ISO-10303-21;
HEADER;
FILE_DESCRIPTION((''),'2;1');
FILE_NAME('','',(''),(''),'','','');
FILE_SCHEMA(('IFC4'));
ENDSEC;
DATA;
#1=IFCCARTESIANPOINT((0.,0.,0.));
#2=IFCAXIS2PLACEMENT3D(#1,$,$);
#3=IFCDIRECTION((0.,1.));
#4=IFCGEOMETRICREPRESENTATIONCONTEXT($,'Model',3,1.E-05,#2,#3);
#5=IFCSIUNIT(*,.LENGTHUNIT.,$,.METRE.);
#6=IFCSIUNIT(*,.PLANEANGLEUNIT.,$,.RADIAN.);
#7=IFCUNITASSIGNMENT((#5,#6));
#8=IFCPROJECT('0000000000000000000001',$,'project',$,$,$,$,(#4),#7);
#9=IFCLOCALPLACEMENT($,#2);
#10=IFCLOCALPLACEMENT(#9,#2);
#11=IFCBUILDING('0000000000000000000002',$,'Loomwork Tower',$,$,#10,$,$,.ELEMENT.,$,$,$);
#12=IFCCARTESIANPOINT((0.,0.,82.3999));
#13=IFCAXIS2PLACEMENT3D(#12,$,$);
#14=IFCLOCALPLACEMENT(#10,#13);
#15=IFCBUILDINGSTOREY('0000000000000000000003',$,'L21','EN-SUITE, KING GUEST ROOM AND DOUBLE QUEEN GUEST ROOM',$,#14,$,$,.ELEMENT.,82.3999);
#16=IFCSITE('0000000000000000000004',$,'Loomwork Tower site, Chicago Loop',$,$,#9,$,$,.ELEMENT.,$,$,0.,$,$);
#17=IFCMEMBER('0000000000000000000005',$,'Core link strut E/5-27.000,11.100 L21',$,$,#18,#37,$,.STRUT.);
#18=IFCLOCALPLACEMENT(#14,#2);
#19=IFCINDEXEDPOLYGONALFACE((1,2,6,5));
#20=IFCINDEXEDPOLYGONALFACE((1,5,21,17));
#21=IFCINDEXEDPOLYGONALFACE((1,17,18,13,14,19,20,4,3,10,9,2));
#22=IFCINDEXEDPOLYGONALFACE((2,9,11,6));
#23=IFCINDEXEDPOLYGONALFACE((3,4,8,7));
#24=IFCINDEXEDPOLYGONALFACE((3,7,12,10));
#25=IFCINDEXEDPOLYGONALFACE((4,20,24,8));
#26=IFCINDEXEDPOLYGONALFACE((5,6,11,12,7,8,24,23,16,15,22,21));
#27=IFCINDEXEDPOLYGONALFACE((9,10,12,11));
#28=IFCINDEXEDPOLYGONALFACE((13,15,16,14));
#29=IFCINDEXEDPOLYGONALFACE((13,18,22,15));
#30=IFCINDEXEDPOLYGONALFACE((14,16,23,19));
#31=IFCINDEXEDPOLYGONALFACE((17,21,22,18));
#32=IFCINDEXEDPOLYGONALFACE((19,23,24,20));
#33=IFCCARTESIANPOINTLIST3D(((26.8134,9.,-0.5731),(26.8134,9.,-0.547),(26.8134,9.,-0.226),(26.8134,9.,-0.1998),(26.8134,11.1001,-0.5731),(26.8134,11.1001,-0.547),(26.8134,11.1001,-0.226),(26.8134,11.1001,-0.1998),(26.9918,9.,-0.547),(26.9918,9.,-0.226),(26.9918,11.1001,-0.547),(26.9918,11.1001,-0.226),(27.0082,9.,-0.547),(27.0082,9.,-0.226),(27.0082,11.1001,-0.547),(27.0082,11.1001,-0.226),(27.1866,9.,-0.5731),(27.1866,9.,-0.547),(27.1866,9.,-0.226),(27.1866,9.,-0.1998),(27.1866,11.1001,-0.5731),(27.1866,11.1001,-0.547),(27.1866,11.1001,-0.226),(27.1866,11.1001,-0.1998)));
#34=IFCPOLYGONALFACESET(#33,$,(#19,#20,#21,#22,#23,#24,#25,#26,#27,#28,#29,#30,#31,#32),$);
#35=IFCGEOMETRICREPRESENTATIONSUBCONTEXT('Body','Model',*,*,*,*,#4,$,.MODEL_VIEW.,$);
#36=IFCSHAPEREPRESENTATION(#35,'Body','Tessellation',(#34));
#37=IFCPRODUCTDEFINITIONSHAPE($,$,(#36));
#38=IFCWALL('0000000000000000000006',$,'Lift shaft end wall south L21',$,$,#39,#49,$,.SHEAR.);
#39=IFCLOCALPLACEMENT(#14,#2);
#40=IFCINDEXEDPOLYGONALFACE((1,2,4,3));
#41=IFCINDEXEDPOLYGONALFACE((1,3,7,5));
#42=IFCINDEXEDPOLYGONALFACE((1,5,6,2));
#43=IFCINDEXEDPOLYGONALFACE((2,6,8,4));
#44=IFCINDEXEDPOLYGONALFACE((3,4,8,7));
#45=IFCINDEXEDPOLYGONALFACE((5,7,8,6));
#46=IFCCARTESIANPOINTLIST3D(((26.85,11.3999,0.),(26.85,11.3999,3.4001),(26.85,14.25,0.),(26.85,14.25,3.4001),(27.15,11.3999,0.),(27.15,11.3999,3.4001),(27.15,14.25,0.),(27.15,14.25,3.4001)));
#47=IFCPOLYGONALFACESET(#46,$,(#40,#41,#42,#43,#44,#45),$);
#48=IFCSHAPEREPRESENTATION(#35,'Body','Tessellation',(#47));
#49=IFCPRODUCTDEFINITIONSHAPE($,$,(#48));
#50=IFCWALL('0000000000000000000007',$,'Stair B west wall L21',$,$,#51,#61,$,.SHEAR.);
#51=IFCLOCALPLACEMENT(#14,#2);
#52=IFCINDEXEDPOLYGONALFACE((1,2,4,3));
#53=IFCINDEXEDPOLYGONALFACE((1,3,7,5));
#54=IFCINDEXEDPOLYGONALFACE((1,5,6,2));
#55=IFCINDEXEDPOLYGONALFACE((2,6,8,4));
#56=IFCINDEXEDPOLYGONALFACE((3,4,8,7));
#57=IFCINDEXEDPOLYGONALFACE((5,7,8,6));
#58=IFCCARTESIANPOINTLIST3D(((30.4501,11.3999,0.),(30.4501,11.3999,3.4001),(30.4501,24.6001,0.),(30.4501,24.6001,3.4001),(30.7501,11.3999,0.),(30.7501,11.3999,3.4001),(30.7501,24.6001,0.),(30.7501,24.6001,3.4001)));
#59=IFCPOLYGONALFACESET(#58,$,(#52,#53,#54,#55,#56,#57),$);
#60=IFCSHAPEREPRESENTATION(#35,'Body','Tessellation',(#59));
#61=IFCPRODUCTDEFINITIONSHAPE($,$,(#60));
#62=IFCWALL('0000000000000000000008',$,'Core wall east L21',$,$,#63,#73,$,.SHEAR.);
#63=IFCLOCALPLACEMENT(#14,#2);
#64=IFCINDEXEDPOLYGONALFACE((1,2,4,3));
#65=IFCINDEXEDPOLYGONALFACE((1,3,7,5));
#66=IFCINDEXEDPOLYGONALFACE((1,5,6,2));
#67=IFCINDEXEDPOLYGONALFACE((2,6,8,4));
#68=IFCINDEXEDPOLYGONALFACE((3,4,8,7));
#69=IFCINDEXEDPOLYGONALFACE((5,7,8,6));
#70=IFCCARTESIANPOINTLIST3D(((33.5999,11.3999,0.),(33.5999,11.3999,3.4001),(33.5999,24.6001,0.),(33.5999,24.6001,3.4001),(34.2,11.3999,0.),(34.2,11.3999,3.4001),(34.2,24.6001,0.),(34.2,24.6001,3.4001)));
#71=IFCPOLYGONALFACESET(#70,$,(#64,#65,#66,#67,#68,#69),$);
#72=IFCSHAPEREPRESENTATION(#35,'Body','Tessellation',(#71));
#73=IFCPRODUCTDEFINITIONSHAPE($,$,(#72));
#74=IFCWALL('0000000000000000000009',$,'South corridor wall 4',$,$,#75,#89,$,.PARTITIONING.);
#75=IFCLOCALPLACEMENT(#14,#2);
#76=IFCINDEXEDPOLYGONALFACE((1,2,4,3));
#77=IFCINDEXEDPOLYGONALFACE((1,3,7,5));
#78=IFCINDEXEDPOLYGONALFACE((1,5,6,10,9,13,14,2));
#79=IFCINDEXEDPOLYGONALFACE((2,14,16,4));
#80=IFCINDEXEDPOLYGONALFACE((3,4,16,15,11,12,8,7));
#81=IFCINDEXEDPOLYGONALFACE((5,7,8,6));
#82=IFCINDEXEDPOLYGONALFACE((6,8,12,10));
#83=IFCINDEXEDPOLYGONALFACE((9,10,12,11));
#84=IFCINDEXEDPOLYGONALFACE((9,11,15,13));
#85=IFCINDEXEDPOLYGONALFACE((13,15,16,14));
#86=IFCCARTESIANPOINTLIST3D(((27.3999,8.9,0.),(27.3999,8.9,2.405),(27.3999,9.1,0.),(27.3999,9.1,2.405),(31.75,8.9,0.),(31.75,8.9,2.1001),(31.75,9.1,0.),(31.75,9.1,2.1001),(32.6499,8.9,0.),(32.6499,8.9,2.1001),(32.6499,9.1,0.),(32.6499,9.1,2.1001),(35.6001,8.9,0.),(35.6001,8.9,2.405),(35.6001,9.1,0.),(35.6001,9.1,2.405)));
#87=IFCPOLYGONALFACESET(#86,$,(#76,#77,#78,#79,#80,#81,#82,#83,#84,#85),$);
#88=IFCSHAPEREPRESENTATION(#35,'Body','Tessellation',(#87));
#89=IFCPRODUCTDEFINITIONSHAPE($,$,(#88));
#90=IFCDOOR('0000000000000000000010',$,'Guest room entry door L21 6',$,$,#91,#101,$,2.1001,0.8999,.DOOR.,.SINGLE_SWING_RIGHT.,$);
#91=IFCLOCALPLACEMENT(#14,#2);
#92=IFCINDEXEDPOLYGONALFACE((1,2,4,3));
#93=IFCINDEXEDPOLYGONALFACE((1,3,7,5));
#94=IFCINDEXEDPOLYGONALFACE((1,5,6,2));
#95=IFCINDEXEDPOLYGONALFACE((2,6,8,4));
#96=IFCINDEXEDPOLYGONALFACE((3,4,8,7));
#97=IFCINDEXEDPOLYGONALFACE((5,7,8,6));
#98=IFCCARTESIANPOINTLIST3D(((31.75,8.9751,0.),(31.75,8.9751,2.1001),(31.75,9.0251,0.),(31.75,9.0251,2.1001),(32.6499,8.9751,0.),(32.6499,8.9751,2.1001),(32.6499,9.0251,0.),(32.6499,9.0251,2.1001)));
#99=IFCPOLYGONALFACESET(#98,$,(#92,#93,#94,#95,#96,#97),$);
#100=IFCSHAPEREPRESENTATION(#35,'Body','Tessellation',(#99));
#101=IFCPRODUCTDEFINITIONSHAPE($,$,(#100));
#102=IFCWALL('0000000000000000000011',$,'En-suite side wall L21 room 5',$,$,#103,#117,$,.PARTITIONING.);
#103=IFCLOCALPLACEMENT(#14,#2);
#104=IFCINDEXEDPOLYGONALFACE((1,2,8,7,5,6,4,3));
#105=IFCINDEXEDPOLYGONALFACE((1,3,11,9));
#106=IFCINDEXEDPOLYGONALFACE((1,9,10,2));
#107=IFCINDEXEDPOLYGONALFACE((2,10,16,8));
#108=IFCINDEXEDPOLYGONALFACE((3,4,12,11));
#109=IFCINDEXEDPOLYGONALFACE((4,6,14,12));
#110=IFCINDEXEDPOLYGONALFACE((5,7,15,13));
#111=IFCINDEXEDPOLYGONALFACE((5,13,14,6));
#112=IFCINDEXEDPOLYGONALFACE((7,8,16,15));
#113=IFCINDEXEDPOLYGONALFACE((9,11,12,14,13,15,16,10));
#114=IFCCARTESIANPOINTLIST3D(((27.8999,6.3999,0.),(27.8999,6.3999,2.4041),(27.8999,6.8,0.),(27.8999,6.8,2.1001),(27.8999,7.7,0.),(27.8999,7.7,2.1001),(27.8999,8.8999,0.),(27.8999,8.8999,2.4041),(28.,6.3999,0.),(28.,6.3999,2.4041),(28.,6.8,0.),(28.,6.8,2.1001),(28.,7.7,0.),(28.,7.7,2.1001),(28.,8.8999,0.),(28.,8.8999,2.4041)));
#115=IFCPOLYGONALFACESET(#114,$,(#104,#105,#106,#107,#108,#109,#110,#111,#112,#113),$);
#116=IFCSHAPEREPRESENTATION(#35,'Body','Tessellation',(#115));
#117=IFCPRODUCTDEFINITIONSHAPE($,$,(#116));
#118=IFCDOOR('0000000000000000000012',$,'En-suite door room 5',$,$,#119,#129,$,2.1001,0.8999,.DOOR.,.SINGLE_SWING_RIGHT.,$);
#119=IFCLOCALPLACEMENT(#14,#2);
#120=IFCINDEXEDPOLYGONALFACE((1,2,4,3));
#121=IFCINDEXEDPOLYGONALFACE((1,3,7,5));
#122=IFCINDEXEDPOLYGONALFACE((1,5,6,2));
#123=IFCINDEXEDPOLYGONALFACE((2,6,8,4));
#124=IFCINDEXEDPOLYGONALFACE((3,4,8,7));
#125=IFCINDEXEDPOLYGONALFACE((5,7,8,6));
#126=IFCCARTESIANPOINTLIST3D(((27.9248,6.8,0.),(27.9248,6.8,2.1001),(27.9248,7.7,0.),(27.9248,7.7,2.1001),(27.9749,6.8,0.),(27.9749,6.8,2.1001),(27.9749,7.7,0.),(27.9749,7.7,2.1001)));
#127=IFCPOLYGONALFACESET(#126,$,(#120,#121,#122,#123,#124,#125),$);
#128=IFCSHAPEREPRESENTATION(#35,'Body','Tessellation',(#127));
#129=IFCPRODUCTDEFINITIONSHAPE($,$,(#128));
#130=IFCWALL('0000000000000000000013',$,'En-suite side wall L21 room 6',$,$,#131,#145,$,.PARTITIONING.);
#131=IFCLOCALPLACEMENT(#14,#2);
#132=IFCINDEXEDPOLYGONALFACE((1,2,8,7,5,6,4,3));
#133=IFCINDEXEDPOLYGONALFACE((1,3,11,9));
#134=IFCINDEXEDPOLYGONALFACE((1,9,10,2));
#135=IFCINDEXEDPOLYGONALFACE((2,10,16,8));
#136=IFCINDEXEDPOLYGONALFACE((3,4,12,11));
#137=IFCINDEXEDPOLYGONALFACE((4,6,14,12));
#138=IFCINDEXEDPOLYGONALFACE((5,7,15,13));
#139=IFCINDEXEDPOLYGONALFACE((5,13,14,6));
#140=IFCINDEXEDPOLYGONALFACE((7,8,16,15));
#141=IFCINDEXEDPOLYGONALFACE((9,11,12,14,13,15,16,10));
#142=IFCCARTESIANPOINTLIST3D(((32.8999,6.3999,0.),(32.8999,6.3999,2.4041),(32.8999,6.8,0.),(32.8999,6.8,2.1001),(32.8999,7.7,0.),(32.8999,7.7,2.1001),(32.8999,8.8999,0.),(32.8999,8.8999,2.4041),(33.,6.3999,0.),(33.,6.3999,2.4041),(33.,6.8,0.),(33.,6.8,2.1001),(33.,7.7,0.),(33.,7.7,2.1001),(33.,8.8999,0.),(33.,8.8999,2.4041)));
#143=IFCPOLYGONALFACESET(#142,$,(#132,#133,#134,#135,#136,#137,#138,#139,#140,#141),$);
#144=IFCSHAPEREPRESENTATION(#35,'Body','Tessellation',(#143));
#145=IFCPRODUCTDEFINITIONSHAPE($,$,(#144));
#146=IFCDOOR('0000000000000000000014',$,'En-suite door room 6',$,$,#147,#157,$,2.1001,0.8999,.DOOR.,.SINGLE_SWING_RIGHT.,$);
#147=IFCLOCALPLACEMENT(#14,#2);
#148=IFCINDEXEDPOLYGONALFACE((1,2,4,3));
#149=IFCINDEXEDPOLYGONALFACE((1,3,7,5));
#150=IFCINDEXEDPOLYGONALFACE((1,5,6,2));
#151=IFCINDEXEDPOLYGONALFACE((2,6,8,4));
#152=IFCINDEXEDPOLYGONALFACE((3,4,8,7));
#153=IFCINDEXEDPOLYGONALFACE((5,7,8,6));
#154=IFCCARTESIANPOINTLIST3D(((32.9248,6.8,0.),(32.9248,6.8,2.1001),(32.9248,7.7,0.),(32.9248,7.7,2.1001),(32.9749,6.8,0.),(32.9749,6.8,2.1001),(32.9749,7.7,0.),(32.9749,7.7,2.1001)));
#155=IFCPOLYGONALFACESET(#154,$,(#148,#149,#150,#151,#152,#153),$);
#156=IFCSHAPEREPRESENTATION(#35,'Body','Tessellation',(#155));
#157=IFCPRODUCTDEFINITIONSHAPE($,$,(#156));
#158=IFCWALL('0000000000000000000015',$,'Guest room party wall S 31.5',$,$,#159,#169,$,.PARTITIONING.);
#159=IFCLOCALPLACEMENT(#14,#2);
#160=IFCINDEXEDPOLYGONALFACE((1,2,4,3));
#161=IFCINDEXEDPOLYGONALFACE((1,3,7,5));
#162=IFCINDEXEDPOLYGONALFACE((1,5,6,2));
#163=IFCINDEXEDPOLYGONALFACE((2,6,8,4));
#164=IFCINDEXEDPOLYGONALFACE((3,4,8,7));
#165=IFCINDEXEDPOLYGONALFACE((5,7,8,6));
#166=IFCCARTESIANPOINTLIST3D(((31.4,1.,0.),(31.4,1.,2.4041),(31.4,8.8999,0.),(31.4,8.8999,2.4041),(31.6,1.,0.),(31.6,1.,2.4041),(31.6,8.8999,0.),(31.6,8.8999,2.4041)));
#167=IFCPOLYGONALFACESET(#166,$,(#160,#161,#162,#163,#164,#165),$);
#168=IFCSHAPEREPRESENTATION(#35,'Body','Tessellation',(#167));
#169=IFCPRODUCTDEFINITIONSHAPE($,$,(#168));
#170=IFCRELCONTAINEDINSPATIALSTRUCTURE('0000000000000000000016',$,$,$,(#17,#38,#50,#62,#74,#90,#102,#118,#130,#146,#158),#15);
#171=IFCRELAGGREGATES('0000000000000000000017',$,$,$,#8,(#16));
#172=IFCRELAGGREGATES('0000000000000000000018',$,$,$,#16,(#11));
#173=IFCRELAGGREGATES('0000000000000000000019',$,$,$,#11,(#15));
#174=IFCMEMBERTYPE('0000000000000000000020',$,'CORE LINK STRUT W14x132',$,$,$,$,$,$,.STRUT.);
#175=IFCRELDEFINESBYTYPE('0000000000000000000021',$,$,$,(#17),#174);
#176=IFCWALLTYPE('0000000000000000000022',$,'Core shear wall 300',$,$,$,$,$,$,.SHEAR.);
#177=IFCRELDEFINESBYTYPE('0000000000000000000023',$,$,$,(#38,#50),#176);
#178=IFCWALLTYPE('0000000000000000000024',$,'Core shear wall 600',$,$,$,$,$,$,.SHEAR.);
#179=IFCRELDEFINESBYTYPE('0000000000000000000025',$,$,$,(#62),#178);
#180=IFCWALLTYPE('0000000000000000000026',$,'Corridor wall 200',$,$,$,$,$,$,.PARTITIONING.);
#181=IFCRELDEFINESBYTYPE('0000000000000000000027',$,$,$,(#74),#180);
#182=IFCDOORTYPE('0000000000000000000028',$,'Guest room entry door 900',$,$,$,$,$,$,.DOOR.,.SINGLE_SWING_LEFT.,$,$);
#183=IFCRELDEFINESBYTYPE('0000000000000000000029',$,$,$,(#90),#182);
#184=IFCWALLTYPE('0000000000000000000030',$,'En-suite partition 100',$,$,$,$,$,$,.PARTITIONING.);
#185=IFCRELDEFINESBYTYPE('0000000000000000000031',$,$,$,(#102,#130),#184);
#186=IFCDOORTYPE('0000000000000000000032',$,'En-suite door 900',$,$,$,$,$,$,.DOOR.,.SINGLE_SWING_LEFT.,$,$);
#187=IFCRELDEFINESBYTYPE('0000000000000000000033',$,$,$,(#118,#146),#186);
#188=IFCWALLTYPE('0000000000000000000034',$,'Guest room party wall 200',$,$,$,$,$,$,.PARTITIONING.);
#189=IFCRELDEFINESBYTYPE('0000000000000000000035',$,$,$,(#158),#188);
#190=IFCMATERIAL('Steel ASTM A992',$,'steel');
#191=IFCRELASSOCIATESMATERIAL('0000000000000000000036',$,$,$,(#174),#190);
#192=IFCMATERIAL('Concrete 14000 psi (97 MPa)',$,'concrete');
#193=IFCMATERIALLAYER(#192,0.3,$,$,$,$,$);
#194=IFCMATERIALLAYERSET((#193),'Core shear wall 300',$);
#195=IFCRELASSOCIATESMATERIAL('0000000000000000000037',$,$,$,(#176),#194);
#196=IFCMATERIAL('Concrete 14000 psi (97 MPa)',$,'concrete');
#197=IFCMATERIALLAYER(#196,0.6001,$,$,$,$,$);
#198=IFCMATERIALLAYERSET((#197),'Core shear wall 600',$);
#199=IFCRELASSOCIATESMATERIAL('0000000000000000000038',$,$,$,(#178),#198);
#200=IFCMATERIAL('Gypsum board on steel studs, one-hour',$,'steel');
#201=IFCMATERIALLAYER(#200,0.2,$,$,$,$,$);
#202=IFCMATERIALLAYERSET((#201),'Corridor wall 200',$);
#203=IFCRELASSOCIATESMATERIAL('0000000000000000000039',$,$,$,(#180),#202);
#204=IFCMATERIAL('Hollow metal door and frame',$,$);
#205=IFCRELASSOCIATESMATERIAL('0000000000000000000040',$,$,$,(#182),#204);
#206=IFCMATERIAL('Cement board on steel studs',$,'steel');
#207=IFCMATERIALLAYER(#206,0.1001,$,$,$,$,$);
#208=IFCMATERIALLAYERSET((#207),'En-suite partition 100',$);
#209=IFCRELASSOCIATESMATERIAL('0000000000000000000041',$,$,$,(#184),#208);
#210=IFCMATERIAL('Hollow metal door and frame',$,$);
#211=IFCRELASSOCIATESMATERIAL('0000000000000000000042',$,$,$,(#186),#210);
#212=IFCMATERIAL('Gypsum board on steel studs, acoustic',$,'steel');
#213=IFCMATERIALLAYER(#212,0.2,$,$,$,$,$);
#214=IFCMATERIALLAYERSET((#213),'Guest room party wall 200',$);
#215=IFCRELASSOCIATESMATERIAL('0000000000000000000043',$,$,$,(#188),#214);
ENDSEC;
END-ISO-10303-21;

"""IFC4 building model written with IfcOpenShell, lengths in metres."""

from ifc_helpers import new_model, si_unit, direction, frame, frame_2d, origin, origin_2d, place, context, subcontext, project, spatial, rectangle, i_section, extrude, material, layer, layer_set, material_profile, profile_set, type_object, element, fill, save


model = new_model("IFC4")

# Units and contexts
model_context = context("Model", 3, precision=1e-05, world=origin(), true_north=direction((0.0, 1.0)))
body_context = subcontext(model_context, "Body", "Model", "MODEL_VIEW")
ifc_project = project(units=[si_unit("LENGTHUNIT", "METRE"), si_unit("PLANEANGLEUNIT", "RADIAN")], contexts=[model_context])

# Site, building, storey
site_placement = place(None, origin())
site = spatial("IfcSite", under=ifc_project, at=site_placement, Name="Loomwork Tower site, Chicago Loop", CompositionType="ELEMENT", RefElevation=0.0)
building_placement = place(site_placement, origin())
building = spatial("IfcBuilding", under=site, at=building_placement, Name="Loomwork Tower", CompositionType="ELEMENT")
storey_placement = place(building_placement, frame((0.0, 0.0, 82.3999)))
storey = spatial("IfcBuildingStorey", under=building, at=storey_placement, Name="L21", Description="EN-SUITE, KING GUEST ROOM AND DOUBLE QUEEN GUEST ROOM", CompositionType="ELEMENT", Elevation=82.3999)

# Member
ifc_material_1 = material(Name="Steel ASTM A992", Category="steel")
ifc_material_profile = material_profile(ifc_material_1, i_section(OverallWidth=0.3733, OverallDepth=0.3733, WebThickness=0.0164, FlangeThickness=0.0261, at=origin_2d()), Name="W14x132")
ifc_profile_set = profile_set([ifc_material_profile], Name="Steel ASTM A992")
member_type = type_object("IfcMemberType", Name="CORE LINK STRUT W14x132", PredefinedType="STRUT", material=ifc_profile_set)
member_placement = place(storey_placement, frame((27.0, 9.0, -0.3865), z_axis=(0.0, 1.0, 0.0), x_axis=(-1.0, 0.0, 0.0)))
element("IfcMember", 1, at=member_placement, inside=storey, type_object=member_type, Name="Core link strut E/5-27.000,11.100 L21", PredefinedType="STRUT", context=body_context, shape_type="SweptSolid", body=[
    extrude(i_section(OverallWidth=0.3733, OverallDepth=0.3733, WebThickness=0.0164, FlangeThickness=0.0261, at=origin_2d()), origin(), (0.0, 0.0, 1.0), 2.1001),
])

# Walls
ifc_material_2 = material(Name="Concrete 14000 psi (97 MPa)", Category="concrete")
ifc_layer_1 = layer(ifc_material_2, 0.3)
ifc_layer_set_1 = layer_set([ifc_layer_1], Name="Core shear wall 300")
wall_type_1 = type_object("IfcWallType", Name="Core shear wall 300", PredefinedType="SHEAR", material=ifc_layer_set_1)
wall_1_placement = place(storey_placement, frame((27.0, 11.3999, 0.0), z_axis=(0.0, 0.0, 1.0), x_axis=(0.0, 1.0, 0.0)))
element("IfcWall", 2, at=wall_1_placement, inside=storey, type_object=wall_type_1, Name="Lift shaft end wall south L21", PredefinedType="SHEAR", context=body_context, shape_type="SweptSolid", body=[
    extrude(rectangle(XDim=2.8501, YDim=0.3, at=frame_2d((1.425, 0.0))), origin(), (0.0, 0.0, 1.0), 3.4001),
])
wall_2_placement = place(storey_placement, frame((30.6001, 11.3999, 0.0), z_axis=(0.0, 0.0, 1.0), x_axis=(0.0, 1.0, 0.0)))
element("IfcWall", 3, at=wall_2_placement, inside=storey, type_object=wall_type_1, Name="Stair B west wall L21", PredefinedType="SHEAR", context=body_context, shape_type="SweptSolid", body=[
    extrude(rectangle(XDim=13.2002, YDim=0.3, at=frame_2d((6.6001, 0.0))), origin(), (0.0, 0.0, 1.0), 3.4001),
])
ifc_material_3 = material(Name="Concrete 14000 psi (97 MPa)", Category="concrete")
ifc_layer_2 = layer(ifc_material_3, 0.6001)
ifc_layer_set_2 = layer_set([ifc_layer_2], Name="Core shear wall 600")
wall_type_2 = type_object("IfcWallType", Name="Core shear wall 600", PredefinedType="SHEAR", material=ifc_layer_set_2)
wall_3_placement = place(storey_placement, frame((33.8999, 11.3999, 0.0), z_axis=(0.0, 0.0, 1.0), x_axis=(0.0, 1.0, 0.0)))
element("IfcWall", 4, at=wall_3_placement, inside=storey, type_object=wall_type_2, Name="Core wall east L21", PredefinedType="SHEAR", context=body_context, shape_type="SweptSolid", body=[
    extrude(rectangle(XDim=13.2002, YDim=0.6001, at=frame_2d((6.6001, 0.0))), origin(), (0.0, 0.0, 1.0), 3.4001),
])

# Walls, openings, doors
ifc_material_4 = material(Name="Gypsum board on steel studs, one-hour", Category="steel")
ifc_layer_3 = layer(ifc_material_4, 0.2)
ifc_layer_set_3 = layer_set([ifc_layer_3], Name="Corridor wall 200")
wall_type_3 = type_object("IfcWallType", Name="Corridor wall 200", PredefinedType="PARTITIONING", material=ifc_layer_set_3)
wall_4_placement = place(storey_placement, frame((27.3999, 9.0, 0.0), z_axis=(0.0, 0.0, 1.0), x_axis=(1.0, 0.0, 0.0)))
wall_4 = element("IfcWall", 5, at=wall_4_placement, inside=storey, type_object=wall_type_3, Name="South corridor wall 4", PredefinedType="PARTITIONING", context=body_context, shape_type="SweptSolid", body=[
    extrude(rectangle(XDim=8.2002, YDim=0.2, at=frame_2d((4.1001, 0.0))), origin(), (0.0, 0.0, 1.0), 2.405),
])
opening_1_placement = place(wall_4_placement, frame((4.3501, 0.0, 0.0)))
opening_1 = element("IfcOpeningElement", 6, at=opening_1_placement, cuts=wall_4, PredefinedType="OPENING", context=body_context, shape_type="SweptSolid", body=[
    extrude(rectangle(XDim=0.8999, YDim=2.1001, at=frame_2d((0.45, 1.05))), frame((0.0, 0.1099, 0.0), z_axis=(0.0, -1.0, 0.0), x_axis=(1.0, 0.0, 0.0)), (0.0, 0.0, 1.0), 0.22),
])
ifc_material_5 = material(Name="Hollow metal door and frame")
door_type_1 = type_object("IfcDoorType", Name="Guest room entry door 900", OperationType="SINGLE_SWING_LEFT", PredefinedType="DOOR", material=ifc_material_5)
door_1_placement = place(opening_1_placement, frame((0.8999, 0.0, 0.0), z_axis=(0.0, 0.0, 1.0), x_axis=(-1.0, 0.0, 0.0)))
door_1 = element("IfcDoor", 7, at=door_1_placement, inside=storey, type_object=door_type_1, Name="Guest room entry door L21 6", OperationType="SINGLE_SWING_RIGHT", OverallHeight=2.1001, OverallWidth=0.8999, PredefinedType="DOOR", context=body_context, shape_type="SweptSolid", body=[
    extrude(rectangle(XDim=0.8999, YDim=2.1001, at=frame_2d((0.45, 1.05))), frame((0.0, 0.0249, 0.0), z_axis=(0.0, -1.0, 0.0), x_axis=(1.0, 0.0, 0.0)), (0.0, 0.0, 1.0), 0.05),
])
fill(opening_1, door_1)
ifc_material_6 = material(Name="Cement board on steel studs", Category="steel")
ifc_layer_4 = layer(ifc_material_6, 0.1001)
ifc_layer_set_4 = layer_set([ifc_layer_4], Name="En-suite partition 100")
wall_type_4 = type_object("IfcWallType", Name="En-suite partition 100", PredefinedType="PARTITIONING", material=ifc_layer_set_4)
wall_5_placement = place(storey_placement, frame((27.95, 8.8999, 0.0), z_axis=(0.0, 0.0, 1.0), x_axis=(0.0, -1.0, 0.0)))
wall_5 = element("IfcWall", 8, at=wall_5_placement, inside=storey, type_object=wall_type_4, Name="En-suite side wall L21 room 5", PredefinedType="PARTITIONING", context=body_context, shape_type="SweptSolid", body=[
    extrude(rectangle(XDim=2.5, YDim=0.1001, at=frame_2d((1.25, 0.0))), origin(), (0.0, 0.0, 1.0), 2.4041),
])
opening_2_placement = place(wall_5_placement, frame((1.2, 0.0, 0.0)))
opening_2 = element("IfcOpeningElement", 9, at=opening_2_placement, cuts=wall_5, PredefinedType="OPENING", context=body_context, shape_type="SweptSolid", body=[
    extrude(rectangle(XDim=0.8999, YDim=2.1001, at=frame_2d((0.45, 1.05))), frame((0.0, 0.0601, 0.0), z_axis=(0.0, -1.0, 0.0), x_axis=(1.0, 0.0, 0.0)), (0.0, 0.0, 1.0), 0.1201),
])
ifc_material_7 = material(Name="Hollow metal door and frame")
door_type_2 = type_object("IfcDoorType", Name="En-suite door 900", OperationType="SINGLE_SWING_LEFT", PredefinedType="DOOR", material=ifc_material_7)
door_2_placement = place(opening_2_placement, origin())
door_2 = element("IfcDoor", 10, at=door_2_placement, inside=storey, type_object=door_type_2, Name="En-suite door room 5", OperationType="SINGLE_SWING_RIGHT", OverallHeight=2.1001, OverallWidth=0.8999, PredefinedType="DOOR", context=body_context, shape_type="SweptSolid", body=[
    extrude(rectangle(XDim=0.8999, YDim=2.1001, at=frame_2d((0.45, 1.05))), frame((0.0, 0.0249, 0.0), z_axis=(0.0, -1.0, 0.0), x_axis=(1.0, 0.0, 0.0)), (0.0, 0.0, 1.0), 0.05),
])
fill(opening_2, door_2)
wall_6_placement = place(storey_placement, frame((32.95, 8.8999, 0.0), z_axis=(0.0, 0.0, 1.0), x_axis=(0.0, -1.0, 0.0)))
wall_6 = element("IfcWall", 11, at=wall_6_placement, inside=storey, type_object=wall_type_4, Name="En-suite side wall L21 room 6", PredefinedType="PARTITIONING", context=body_context, shape_type="SweptSolid", body=[
    extrude(rectangle(XDim=2.5, YDim=0.1001, at=frame_2d((1.25, 0.0))), origin(), (0.0, 0.0, 1.0), 2.4041),
])
opening_3_placement = place(wall_6_placement, frame((1.2, 0.0, 0.0)))
opening_3 = element("IfcOpeningElement", 12, at=opening_3_placement, cuts=wall_6, PredefinedType="OPENING", context=body_context, shape_type="SweptSolid", body=[
    extrude(rectangle(XDim=0.8999, YDim=2.1001, at=frame_2d((0.45, 1.05))), frame((0.0, 0.0601, 0.0), z_axis=(0.0, -1.0, 0.0), x_axis=(1.0, 0.0, 0.0)), (0.0, 0.0, 1.0), 0.1201),
])
door_3_placement = place(opening_3_placement, origin())
door_3 = element("IfcDoor", 13, at=door_3_placement, inside=storey, type_object=door_type_2, Name="En-suite door room 6", OperationType="SINGLE_SWING_RIGHT", OverallHeight=2.1001, OverallWidth=0.8999, PredefinedType="DOOR", context=body_context, shape_type="SweptSolid", body=[
    extrude(rectangle(XDim=0.8999, YDim=2.1001, at=frame_2d((0.45, 1.05))), frame((0.0, 0.0249, 0.0), z_axis=(0.0, -1.0, 0.0), x_axis=(1.0, 0.0, 0.0)), (0.0, 0.0, 1.0), 0.05),
])
fill(opening_3, door_3)

# Wall
ifc_material_8 = material(Name="Gypsum board on steel studs, acoustic", Category="steel")
ifc_layer_5 = layer(ifc_material_8, 0.2)
ifc_layer_set_5 = layer_set([ifc_layer_5], Name="Guest room party wall 200")
wall_type_5 = type_object("IfcWallType", Name="Guest room party wall 200", PredefinedType="PARTITIONING", material=ifc_layer_set_5)
wall_7_placement = place(storey_placement, frame((31.5, 8.8999, 0.0), z_axis=(0.0, 0.0, 1.0), x_axis=(0.0, -1.0, 0.0)))
element("IfcWall", 14, at=wall_7_placement, inside=storey, type_object=wall_type_5, Name="Guest room party wall S 31.5", PredefinedType="PARTITIONING", context=body_context, shape_type="SweptSolid", body=[
    extrude(rectangle(XDim=7.8999, YDim=0.2, at=frame_2d((3.95, 0.0))), origin(), (0.0, 0.0, 1.0), 2.4041),
])

save(model, "model.ifc")
